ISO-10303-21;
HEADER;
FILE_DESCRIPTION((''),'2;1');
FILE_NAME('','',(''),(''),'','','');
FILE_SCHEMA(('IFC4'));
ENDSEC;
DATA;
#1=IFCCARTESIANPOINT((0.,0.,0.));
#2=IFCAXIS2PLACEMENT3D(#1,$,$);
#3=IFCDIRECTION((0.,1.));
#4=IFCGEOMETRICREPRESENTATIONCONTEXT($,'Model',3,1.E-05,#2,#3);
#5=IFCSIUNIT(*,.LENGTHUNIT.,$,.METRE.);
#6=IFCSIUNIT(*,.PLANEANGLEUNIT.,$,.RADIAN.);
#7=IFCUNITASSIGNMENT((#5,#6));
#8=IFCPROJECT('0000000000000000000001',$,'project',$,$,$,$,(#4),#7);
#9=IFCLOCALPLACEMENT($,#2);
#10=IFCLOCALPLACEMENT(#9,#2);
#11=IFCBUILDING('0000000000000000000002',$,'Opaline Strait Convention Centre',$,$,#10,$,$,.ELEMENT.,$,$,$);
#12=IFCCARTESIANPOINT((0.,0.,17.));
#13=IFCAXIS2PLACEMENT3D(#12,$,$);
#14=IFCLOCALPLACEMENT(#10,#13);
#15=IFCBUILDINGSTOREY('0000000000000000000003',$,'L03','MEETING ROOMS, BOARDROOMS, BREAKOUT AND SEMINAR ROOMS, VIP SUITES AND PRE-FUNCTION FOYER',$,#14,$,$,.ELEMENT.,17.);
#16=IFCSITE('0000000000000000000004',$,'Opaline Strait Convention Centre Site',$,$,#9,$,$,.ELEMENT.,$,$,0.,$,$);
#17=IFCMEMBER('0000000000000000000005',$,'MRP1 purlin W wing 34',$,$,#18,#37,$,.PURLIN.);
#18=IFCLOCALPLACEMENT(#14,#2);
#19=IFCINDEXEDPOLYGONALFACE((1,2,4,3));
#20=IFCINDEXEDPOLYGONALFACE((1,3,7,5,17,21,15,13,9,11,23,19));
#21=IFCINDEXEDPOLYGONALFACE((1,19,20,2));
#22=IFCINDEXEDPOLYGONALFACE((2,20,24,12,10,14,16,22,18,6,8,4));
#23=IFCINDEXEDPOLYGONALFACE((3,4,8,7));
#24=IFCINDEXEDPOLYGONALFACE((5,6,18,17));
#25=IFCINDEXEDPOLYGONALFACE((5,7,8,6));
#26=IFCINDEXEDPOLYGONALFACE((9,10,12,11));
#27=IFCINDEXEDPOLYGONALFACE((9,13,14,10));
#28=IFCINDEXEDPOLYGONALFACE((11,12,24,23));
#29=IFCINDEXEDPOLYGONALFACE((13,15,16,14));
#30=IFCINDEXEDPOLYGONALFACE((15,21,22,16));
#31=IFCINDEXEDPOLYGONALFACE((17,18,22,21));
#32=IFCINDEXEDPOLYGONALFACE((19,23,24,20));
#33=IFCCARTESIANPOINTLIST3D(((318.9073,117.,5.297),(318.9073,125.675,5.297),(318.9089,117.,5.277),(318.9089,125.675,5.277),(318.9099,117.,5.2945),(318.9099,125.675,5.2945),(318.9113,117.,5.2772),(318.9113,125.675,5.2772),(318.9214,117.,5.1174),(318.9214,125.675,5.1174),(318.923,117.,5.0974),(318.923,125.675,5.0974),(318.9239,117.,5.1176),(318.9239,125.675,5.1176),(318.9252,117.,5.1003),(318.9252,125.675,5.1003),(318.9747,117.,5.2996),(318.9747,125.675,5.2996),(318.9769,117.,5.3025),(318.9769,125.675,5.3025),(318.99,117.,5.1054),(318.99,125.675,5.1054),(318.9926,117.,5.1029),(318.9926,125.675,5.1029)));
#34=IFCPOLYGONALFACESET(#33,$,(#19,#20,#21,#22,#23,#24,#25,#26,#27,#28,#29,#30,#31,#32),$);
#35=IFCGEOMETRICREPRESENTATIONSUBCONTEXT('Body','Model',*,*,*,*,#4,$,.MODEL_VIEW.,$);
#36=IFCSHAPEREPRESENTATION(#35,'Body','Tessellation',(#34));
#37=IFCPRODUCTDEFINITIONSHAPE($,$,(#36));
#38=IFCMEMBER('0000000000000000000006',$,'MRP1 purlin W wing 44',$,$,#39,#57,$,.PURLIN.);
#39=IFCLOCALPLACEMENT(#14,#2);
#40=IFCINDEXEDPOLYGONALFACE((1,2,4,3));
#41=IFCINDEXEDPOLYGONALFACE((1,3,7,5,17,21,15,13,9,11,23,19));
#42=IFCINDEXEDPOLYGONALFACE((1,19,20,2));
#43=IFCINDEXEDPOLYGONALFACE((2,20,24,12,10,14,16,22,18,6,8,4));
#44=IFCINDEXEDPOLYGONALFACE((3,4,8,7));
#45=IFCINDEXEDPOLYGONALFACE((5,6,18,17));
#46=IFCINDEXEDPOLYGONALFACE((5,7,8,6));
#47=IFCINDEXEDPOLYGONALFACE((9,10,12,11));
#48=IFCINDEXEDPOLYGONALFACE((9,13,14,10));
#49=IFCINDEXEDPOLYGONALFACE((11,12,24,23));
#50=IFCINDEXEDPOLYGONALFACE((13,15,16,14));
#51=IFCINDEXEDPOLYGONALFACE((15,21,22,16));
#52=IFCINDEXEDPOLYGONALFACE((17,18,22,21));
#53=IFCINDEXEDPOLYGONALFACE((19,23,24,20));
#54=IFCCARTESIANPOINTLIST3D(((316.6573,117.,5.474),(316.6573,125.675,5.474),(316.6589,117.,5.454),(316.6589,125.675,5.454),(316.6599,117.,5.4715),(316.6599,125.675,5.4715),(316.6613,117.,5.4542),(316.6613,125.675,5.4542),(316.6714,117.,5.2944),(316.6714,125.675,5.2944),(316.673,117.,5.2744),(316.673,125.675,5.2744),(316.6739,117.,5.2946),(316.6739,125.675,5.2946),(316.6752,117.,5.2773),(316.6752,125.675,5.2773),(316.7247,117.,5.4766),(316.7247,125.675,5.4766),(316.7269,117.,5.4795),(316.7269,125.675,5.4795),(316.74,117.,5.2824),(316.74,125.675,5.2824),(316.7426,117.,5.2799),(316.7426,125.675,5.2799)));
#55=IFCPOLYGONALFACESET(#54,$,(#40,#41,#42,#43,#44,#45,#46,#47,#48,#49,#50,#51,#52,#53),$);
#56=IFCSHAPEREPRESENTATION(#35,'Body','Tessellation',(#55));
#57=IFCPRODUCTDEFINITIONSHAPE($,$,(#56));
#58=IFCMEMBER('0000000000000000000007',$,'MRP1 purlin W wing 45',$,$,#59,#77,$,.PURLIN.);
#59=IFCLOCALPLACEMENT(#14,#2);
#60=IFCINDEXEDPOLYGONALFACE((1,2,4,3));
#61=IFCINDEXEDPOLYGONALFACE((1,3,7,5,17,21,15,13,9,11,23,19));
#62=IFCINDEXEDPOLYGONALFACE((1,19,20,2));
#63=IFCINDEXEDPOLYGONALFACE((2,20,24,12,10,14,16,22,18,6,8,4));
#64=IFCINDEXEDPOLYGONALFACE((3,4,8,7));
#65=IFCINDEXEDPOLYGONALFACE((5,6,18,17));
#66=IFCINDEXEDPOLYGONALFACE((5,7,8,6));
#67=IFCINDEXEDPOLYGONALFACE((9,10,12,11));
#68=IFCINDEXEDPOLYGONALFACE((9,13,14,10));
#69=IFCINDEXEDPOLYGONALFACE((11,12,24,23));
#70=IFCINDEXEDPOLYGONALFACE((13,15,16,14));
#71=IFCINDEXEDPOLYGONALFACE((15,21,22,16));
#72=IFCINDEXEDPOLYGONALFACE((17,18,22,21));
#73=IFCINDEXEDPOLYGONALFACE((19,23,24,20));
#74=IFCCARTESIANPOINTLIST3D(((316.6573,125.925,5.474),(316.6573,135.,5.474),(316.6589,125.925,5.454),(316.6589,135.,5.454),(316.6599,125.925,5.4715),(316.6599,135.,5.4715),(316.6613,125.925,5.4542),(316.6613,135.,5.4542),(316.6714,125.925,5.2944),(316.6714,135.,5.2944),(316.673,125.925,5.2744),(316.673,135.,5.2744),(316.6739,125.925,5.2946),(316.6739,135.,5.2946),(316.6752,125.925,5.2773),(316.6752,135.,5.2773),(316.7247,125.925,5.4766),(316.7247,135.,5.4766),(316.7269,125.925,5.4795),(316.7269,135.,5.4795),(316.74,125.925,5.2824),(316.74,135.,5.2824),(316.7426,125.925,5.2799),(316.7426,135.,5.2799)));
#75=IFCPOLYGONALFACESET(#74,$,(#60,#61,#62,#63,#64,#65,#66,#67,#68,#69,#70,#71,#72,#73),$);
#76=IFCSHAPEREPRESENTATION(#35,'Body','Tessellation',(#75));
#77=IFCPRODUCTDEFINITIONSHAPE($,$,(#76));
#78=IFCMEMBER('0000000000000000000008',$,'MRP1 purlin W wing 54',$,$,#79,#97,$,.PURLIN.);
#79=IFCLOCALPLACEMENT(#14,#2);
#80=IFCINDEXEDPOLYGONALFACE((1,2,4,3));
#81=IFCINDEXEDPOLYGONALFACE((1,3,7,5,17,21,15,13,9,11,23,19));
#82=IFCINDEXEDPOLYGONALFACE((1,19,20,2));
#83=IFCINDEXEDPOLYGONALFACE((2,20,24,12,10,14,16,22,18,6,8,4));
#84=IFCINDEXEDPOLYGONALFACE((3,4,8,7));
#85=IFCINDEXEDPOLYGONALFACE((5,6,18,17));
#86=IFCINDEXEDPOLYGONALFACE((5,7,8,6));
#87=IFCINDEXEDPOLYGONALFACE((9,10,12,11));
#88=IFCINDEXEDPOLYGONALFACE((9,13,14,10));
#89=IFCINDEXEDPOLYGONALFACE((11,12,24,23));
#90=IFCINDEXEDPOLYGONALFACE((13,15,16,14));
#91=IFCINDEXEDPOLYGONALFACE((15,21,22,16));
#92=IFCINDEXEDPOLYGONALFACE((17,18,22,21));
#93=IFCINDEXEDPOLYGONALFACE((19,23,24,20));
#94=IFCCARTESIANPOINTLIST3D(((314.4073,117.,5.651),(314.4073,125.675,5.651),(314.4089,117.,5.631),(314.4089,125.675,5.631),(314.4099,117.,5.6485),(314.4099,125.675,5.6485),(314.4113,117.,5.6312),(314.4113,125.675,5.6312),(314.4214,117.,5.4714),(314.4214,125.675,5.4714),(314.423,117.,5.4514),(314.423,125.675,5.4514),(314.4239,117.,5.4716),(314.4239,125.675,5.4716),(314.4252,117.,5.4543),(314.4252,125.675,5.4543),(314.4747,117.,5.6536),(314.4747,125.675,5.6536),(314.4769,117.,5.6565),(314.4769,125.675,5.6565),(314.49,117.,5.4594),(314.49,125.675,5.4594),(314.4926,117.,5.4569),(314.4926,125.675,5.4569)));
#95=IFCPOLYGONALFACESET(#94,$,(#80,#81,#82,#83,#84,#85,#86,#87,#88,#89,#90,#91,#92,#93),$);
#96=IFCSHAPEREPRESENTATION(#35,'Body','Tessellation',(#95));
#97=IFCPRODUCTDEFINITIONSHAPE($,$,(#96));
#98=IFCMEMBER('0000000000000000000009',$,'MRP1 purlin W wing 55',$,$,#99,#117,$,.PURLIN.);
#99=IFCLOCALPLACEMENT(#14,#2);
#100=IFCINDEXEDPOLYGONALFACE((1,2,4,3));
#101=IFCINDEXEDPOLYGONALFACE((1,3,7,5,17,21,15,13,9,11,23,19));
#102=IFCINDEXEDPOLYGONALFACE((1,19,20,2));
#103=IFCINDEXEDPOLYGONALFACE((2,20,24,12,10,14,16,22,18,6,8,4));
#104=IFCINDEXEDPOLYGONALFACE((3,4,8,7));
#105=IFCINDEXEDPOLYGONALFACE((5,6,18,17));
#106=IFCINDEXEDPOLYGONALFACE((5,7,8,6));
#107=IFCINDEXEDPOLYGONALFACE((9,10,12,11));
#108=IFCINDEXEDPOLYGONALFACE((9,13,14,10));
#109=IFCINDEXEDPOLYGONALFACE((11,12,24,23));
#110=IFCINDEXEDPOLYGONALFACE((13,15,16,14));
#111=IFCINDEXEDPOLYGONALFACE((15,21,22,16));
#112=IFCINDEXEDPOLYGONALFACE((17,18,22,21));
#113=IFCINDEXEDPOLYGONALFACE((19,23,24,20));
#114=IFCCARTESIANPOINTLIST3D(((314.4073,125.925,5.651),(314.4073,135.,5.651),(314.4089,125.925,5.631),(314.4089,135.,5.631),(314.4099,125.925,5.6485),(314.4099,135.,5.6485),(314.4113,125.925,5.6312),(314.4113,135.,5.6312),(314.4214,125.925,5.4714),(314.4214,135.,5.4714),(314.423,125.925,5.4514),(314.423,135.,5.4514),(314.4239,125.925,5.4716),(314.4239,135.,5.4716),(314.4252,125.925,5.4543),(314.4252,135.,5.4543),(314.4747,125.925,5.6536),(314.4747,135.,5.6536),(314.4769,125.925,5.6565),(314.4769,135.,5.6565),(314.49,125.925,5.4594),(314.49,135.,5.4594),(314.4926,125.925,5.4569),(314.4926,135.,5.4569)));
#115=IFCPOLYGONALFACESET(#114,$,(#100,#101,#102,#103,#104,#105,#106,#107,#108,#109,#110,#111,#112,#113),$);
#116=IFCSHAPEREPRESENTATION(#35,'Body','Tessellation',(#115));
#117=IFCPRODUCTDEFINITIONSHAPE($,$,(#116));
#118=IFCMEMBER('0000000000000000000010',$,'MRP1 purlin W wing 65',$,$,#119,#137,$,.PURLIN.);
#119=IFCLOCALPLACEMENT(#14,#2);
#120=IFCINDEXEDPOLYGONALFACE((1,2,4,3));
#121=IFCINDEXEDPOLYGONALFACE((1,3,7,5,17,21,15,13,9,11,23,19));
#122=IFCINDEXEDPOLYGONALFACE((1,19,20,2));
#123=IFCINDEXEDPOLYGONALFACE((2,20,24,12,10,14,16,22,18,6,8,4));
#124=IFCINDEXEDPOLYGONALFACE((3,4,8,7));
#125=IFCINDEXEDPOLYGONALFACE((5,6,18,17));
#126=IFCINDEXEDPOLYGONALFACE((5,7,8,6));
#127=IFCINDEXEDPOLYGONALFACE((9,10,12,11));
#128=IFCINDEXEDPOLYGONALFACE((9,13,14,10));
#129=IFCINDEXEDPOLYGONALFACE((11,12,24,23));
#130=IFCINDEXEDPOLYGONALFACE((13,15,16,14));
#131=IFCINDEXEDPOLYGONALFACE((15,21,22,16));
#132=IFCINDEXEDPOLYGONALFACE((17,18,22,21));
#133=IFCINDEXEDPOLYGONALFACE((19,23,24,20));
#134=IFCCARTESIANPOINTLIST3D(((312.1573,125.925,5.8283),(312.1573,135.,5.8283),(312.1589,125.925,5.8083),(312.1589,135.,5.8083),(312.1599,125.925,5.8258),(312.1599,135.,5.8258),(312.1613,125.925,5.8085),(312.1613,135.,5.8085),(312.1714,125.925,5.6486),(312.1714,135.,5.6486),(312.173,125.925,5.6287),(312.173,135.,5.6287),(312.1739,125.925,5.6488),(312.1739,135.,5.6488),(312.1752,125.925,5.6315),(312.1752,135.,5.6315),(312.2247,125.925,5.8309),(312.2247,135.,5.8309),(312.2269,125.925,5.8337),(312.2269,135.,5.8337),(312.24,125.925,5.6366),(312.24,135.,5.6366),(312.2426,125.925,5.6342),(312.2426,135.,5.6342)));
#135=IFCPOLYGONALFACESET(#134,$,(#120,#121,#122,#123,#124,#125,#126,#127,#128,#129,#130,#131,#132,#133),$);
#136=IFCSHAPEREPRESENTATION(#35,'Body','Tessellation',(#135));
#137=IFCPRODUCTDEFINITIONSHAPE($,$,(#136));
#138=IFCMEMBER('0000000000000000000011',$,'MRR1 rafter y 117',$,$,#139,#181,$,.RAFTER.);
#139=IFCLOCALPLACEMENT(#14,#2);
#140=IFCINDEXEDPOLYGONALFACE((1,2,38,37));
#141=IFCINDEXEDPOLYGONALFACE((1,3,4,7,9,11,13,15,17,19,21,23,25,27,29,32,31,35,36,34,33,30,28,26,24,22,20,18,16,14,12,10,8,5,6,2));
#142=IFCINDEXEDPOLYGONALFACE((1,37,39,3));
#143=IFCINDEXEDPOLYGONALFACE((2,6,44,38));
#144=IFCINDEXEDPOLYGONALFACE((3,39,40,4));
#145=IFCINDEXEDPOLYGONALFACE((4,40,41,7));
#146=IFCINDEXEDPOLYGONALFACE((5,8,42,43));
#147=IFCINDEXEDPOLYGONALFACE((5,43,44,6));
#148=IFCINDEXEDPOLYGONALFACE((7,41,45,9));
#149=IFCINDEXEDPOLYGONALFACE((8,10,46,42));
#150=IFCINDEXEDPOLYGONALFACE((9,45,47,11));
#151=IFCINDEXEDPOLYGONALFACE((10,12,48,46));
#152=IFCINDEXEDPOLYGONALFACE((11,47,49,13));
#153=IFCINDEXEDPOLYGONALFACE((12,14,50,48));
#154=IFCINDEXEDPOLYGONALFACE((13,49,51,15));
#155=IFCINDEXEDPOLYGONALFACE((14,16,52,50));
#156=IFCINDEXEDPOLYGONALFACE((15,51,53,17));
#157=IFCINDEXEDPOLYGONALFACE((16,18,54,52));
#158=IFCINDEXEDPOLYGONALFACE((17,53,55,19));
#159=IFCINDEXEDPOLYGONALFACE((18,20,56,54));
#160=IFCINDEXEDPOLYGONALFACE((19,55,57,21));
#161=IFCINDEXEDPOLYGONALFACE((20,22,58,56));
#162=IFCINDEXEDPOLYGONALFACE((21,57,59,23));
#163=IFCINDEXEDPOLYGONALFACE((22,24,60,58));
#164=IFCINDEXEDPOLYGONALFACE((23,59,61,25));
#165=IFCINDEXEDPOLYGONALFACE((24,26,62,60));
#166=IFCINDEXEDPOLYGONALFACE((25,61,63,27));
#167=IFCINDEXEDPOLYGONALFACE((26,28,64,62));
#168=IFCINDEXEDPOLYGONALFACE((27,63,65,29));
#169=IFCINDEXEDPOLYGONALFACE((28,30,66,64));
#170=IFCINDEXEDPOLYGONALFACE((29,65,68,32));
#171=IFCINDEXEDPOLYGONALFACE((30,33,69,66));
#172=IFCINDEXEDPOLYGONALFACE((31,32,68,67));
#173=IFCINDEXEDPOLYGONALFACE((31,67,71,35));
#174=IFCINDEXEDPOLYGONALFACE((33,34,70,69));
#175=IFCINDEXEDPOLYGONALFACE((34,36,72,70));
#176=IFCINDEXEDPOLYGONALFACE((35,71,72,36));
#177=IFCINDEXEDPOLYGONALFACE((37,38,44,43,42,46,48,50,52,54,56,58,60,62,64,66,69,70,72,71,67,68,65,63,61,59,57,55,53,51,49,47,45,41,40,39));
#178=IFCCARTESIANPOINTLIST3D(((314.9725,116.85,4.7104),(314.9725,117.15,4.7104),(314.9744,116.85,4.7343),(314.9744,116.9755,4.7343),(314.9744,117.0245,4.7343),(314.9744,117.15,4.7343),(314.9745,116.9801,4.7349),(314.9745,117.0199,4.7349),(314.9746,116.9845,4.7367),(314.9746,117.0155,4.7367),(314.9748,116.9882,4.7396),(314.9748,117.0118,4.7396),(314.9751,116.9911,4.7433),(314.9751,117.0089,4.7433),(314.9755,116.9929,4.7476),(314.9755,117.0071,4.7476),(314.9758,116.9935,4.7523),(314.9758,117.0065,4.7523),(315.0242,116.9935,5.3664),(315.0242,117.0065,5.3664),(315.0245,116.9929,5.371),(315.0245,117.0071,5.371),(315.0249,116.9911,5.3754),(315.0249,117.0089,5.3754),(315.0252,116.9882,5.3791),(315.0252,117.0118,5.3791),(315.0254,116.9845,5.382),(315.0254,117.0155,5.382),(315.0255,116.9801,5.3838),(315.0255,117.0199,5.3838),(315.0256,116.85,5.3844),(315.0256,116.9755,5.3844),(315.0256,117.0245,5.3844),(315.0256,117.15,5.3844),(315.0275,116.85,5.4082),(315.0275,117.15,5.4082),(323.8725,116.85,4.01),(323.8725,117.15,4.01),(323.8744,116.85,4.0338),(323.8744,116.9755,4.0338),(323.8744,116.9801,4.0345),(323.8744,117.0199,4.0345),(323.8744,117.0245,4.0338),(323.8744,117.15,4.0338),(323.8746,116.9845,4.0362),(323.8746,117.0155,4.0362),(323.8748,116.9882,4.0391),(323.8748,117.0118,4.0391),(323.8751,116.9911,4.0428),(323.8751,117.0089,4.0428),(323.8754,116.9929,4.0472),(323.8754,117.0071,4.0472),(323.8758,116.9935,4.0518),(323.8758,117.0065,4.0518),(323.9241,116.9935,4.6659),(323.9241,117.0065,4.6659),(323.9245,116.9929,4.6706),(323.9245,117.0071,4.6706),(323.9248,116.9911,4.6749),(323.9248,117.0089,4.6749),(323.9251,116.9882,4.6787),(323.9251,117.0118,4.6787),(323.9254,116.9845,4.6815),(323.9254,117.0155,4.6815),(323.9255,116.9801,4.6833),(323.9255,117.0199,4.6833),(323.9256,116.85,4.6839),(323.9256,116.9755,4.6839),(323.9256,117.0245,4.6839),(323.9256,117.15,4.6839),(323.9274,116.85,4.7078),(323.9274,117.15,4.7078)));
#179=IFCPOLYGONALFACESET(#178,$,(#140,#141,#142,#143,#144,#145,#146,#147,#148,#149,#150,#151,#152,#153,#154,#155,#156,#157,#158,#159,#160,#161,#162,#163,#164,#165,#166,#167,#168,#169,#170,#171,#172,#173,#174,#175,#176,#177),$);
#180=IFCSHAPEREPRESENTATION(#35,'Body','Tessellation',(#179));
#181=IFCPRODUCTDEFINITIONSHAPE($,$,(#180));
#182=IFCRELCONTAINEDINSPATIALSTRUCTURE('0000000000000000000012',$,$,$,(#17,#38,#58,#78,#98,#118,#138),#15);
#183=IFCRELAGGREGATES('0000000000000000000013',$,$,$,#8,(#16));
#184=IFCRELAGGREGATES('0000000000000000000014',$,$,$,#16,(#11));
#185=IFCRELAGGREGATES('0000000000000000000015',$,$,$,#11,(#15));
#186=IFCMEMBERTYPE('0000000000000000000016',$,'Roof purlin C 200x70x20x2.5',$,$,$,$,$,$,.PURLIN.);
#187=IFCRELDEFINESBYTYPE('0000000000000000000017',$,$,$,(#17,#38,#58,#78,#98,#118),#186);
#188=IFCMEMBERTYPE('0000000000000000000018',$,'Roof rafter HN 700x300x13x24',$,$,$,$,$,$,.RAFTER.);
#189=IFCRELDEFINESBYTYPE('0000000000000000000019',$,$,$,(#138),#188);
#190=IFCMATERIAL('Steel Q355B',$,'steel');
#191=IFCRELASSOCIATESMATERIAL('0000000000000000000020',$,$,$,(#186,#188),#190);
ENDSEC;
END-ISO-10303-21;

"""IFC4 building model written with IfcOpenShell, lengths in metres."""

from ifc_helpers import new_model, si_unit, direction, frame, origin, origin_2d, place, context, subcontext, project, spatial, polyline, i_section, outline, extrude, material, material_profile, profile_set, type_object, element, save


model = new_model("IFC4")

# Units and contexts
model_context = context("Model", 3, precision=1e-05, world=origin(), true_north=direction((0.0, 1.0)))
body_context = subcontext(model_context, "Body", "Model", "MODEL_VIEW")
ifc_project = project(units=[si_unit("LENGTHUNIT", "METRE"), si_unit("PLANEANGLEUNIT", "RADIAN")], contexts=[model_context])

# Site, building, storey
site_placement = place(None, origin())
site = spatial("IfcSite", under=ifc_project, at=site_placement, Name="Opaline Strait Convention Centre Site", CompositionType="ELEMENT", RefElevation=0.0)
building_placement = place(site_placement, origin())
building = spatial("IfcBuilding", under=site, at=building_placement, Name="Opaline Strait Convention Centre", CompositionType="ELEMENT")
storey_placement = place(building_placement, frame((0.0, 0.0, 17.0)))
storey = spatial("IfcBuildingStorey", under=building, at=storey_placement, Name="L03", Description="MEETING ROOMS, BOARDROOMS, BREAKOUT AND SEMINAR ROOMS, VIP SUITES AND PRE-FUNCTION FOYER", CompositionType="ELEMENT", Elevation=17.0)

# Shared definitions
ifc_material_1 = material(Name="Steel Q355B", Category="steel")

# Members
ifc_material_profile_1 = material_profile(ifc_material_1, outline(polyline([(-0.0349, -0.1001), (0.0349, -0.1001), (0.0349, -0.0801), (0.0325, -0.0801), (0.0325, -0.0974), (-0.0325, -0.0974), (-0.0325, 0.0974), (0.0325, 0.0974), (0.0325, 0.0801), (0.0349, 0.0801), (0.0349, 0.1001), (-0.0349, 0.1001), (-0.0349, -0.1001)])), Name="C 200x70x20x2.5")
ifc_profile_set_1 = profile_set([ifc_material_profile_1], Name="Steel Q355B")
member_type_1 = type_object("IfcMemberType", Name="Roof purlin C 200x70x20x2.5", PredefinedType="PURLIN", material=ifc_profile_set_1)
for number, where, z_axis, x_axis, name in (
    (1, (318.95, 117.0, 5.2), (0.0, 1.0, 0.0), (-0.996917, 0.0, -0.078459), "MRP1 purlin W wing 34"),
    (2, (316.7, 117.0, 5.377), (0.0, 1.0, 0.0), (-0.996917, 0.0, -0.078459), "MRP1 purlin W wing 44"),
):
    element("IfcMember", number, at=place(storey_placement, frame(where, z_axis=z_axis, x_axis=x_axis)), inside=storey, type_object=member_type_1, Name=name, PredefinedType="PURLIN", context=body_context, shape_type="SweptSolid", body=[
        extrude(outline(polyline([(-0.0349, -0.1001), (0.0349, -0.1001), (0.0349, -0.0801), (0.0325, -0.0801), (0.0325, -0.0974), (-0.0325, -0.0974), (-0.0325, 0.0974), (0.0325, 0.0974), (0.0325, 0.0801), (0.0349, 0.0801), (0.0349, 0.1001), (-0.0349, 0.1001), (-0.0349, -0.1001)])), origin(), (0.0, 0.0, 1.0), 8.675),
    ])
member_1_placement = place(storey_placement, frame((316.7, 125.925, 5.377), z_axis=(0.0, 1.0, 0.0), x_axis=(-0.996917, 0.0, -0.078459)))
element("IfcMember", 3, at=member_1_placement, inside=storey, type_object=member_type_1, Name="MRP1 purlin W wing 45", PredefinedType="PURLIN", context=body_context, shape_type="SweptSolid", body=[
    extrude(outline(polyline([(-0.0349, -0.1001), (0.0349, -0.1001), (0.0349, -0.0801), (0.0325, -0.0801), (0.0325, -0.0974), (-0.0325, -0.0974), (-0.0325, 0.0974), (0.0325, 0.0974), (0.0325, 0.0801), (0.0349, 0.0801), (0.0349, 0.1001), (-0.0349, 0.1001), (-0.0349, -0.1001)])), origin(), (0.0, 0.0, 1.0), 9.075),
])
member_2_placement = place(storey_placement, frame((314.45, 117.0, 5.554), z_axis=(0.0, 1.0, 0.0), x_axis=(-0.996917, 0.0, -0.078459)))
element("IfcMember", 4, at=member_2_placement, inside=storey, type_object=member_type_1, Name="MRP1 purlin W wing 54", PredefinedType="PURLIN", context=body_context, shape_type="SweptSolid", body=[
    extrude(outline(polyline([(-0.0349, -0.1001), (0.0349, -0.1001), (0.0349, -0.0801), (0.0325, -0.0801), (0.0325, -0.0974), (-0.0325, -0.0974), (-0.0325, 0.0974), (0.0325, 0.0974), (0.0325, 0.0801), (0.0349, 0.0801), (0.0349, 0.1001), (-0.0349, 0.1001), (-0.0349, -0.1001)])), origin(), (0.0, 0.0, 1.0), 8.675),
])
for number, where, z_axis, x_axis, name in (
    (5, (314.45, 125.925, 5.554), (0.0, 1.0, 0.0), (-0.996917, 0.0, -0.078459), "MRP1 purlin W wing 55"),
    (6, (312.2, 125.925, 5.7312), (0.0, 1.0, 0.0), (-0.996917, 0.0, -0.078459), "MRP1 purlin W wing 65"),
):
    element("IfcMember", number, at=place(storey_placement, frame(where, z_axis=z_axis, x_axis=x_axis)), inside=storey, type_object=member_type_1, Name=name, PredefinedType="PURLIN", context=body_context, shape_type="SweptSolid", body=[
        extrude(outline(polyline([(-0.0349, -0.1001), (0.0349, -0.1001), (0.0349, -0.0801), (0.0325, -0.0801), (0.0325, -0.0974), (-0.0325, -0.0974), (-0.0325, 0.0974), (0.0325, 0.0974), (0.0325, 0.0801), (0.0349, 0.0801), (0.0349, 0.1001), (-0.0349, 0.1001), (-0.0349, -0.1001)])), origin(), (0.0, 0.0, 1.0), 9.075),
    ])
ifc_material_profile_2 = material_profile(ifc_material_1, i_section(OverallWidth=0.3, OverallDepth=0.7, WebThickness=0.0129, FlangeThickness=0.0239, FilletRadius=0.0181, at=origin_2d()), Name="HN 700x300x13x24")
ifc_profile_set_2 = profile_set([ifc_material_profile_2], Name="Steel Q355B")
member_type_2 = type_object("IfcMemberType", Name="Roof rafter HN 700x300x13x24", PredefinedType="RAFTER", material=ifc_profile_set_2)
member_3_placement = place(storey_placement, frame((315.0, 117.0, 5.0593), z_axis=(0.996917, 0.0, -0.078459), x_axis=(0.0, 1.0, 0.0)))
element("IfcMember", 7, at=member_3_placement, inside=storey, type_object=member_type_2, Name="MRR1 rafter y 117", PredefinedType="RAFTER", context=body_context, shape_type="SweptSolid", body=[
    extrude(i_section(OverallWidth=0.3, OverallDepth=0.7, WebThickness=0.0129, FlangeThickness=0.0239, FilletRadius=0.0181, at=origin_2d()), origin(), (0.0, 0.0, 1.0), 8.9275),
])

save(model, "model.ifc")
